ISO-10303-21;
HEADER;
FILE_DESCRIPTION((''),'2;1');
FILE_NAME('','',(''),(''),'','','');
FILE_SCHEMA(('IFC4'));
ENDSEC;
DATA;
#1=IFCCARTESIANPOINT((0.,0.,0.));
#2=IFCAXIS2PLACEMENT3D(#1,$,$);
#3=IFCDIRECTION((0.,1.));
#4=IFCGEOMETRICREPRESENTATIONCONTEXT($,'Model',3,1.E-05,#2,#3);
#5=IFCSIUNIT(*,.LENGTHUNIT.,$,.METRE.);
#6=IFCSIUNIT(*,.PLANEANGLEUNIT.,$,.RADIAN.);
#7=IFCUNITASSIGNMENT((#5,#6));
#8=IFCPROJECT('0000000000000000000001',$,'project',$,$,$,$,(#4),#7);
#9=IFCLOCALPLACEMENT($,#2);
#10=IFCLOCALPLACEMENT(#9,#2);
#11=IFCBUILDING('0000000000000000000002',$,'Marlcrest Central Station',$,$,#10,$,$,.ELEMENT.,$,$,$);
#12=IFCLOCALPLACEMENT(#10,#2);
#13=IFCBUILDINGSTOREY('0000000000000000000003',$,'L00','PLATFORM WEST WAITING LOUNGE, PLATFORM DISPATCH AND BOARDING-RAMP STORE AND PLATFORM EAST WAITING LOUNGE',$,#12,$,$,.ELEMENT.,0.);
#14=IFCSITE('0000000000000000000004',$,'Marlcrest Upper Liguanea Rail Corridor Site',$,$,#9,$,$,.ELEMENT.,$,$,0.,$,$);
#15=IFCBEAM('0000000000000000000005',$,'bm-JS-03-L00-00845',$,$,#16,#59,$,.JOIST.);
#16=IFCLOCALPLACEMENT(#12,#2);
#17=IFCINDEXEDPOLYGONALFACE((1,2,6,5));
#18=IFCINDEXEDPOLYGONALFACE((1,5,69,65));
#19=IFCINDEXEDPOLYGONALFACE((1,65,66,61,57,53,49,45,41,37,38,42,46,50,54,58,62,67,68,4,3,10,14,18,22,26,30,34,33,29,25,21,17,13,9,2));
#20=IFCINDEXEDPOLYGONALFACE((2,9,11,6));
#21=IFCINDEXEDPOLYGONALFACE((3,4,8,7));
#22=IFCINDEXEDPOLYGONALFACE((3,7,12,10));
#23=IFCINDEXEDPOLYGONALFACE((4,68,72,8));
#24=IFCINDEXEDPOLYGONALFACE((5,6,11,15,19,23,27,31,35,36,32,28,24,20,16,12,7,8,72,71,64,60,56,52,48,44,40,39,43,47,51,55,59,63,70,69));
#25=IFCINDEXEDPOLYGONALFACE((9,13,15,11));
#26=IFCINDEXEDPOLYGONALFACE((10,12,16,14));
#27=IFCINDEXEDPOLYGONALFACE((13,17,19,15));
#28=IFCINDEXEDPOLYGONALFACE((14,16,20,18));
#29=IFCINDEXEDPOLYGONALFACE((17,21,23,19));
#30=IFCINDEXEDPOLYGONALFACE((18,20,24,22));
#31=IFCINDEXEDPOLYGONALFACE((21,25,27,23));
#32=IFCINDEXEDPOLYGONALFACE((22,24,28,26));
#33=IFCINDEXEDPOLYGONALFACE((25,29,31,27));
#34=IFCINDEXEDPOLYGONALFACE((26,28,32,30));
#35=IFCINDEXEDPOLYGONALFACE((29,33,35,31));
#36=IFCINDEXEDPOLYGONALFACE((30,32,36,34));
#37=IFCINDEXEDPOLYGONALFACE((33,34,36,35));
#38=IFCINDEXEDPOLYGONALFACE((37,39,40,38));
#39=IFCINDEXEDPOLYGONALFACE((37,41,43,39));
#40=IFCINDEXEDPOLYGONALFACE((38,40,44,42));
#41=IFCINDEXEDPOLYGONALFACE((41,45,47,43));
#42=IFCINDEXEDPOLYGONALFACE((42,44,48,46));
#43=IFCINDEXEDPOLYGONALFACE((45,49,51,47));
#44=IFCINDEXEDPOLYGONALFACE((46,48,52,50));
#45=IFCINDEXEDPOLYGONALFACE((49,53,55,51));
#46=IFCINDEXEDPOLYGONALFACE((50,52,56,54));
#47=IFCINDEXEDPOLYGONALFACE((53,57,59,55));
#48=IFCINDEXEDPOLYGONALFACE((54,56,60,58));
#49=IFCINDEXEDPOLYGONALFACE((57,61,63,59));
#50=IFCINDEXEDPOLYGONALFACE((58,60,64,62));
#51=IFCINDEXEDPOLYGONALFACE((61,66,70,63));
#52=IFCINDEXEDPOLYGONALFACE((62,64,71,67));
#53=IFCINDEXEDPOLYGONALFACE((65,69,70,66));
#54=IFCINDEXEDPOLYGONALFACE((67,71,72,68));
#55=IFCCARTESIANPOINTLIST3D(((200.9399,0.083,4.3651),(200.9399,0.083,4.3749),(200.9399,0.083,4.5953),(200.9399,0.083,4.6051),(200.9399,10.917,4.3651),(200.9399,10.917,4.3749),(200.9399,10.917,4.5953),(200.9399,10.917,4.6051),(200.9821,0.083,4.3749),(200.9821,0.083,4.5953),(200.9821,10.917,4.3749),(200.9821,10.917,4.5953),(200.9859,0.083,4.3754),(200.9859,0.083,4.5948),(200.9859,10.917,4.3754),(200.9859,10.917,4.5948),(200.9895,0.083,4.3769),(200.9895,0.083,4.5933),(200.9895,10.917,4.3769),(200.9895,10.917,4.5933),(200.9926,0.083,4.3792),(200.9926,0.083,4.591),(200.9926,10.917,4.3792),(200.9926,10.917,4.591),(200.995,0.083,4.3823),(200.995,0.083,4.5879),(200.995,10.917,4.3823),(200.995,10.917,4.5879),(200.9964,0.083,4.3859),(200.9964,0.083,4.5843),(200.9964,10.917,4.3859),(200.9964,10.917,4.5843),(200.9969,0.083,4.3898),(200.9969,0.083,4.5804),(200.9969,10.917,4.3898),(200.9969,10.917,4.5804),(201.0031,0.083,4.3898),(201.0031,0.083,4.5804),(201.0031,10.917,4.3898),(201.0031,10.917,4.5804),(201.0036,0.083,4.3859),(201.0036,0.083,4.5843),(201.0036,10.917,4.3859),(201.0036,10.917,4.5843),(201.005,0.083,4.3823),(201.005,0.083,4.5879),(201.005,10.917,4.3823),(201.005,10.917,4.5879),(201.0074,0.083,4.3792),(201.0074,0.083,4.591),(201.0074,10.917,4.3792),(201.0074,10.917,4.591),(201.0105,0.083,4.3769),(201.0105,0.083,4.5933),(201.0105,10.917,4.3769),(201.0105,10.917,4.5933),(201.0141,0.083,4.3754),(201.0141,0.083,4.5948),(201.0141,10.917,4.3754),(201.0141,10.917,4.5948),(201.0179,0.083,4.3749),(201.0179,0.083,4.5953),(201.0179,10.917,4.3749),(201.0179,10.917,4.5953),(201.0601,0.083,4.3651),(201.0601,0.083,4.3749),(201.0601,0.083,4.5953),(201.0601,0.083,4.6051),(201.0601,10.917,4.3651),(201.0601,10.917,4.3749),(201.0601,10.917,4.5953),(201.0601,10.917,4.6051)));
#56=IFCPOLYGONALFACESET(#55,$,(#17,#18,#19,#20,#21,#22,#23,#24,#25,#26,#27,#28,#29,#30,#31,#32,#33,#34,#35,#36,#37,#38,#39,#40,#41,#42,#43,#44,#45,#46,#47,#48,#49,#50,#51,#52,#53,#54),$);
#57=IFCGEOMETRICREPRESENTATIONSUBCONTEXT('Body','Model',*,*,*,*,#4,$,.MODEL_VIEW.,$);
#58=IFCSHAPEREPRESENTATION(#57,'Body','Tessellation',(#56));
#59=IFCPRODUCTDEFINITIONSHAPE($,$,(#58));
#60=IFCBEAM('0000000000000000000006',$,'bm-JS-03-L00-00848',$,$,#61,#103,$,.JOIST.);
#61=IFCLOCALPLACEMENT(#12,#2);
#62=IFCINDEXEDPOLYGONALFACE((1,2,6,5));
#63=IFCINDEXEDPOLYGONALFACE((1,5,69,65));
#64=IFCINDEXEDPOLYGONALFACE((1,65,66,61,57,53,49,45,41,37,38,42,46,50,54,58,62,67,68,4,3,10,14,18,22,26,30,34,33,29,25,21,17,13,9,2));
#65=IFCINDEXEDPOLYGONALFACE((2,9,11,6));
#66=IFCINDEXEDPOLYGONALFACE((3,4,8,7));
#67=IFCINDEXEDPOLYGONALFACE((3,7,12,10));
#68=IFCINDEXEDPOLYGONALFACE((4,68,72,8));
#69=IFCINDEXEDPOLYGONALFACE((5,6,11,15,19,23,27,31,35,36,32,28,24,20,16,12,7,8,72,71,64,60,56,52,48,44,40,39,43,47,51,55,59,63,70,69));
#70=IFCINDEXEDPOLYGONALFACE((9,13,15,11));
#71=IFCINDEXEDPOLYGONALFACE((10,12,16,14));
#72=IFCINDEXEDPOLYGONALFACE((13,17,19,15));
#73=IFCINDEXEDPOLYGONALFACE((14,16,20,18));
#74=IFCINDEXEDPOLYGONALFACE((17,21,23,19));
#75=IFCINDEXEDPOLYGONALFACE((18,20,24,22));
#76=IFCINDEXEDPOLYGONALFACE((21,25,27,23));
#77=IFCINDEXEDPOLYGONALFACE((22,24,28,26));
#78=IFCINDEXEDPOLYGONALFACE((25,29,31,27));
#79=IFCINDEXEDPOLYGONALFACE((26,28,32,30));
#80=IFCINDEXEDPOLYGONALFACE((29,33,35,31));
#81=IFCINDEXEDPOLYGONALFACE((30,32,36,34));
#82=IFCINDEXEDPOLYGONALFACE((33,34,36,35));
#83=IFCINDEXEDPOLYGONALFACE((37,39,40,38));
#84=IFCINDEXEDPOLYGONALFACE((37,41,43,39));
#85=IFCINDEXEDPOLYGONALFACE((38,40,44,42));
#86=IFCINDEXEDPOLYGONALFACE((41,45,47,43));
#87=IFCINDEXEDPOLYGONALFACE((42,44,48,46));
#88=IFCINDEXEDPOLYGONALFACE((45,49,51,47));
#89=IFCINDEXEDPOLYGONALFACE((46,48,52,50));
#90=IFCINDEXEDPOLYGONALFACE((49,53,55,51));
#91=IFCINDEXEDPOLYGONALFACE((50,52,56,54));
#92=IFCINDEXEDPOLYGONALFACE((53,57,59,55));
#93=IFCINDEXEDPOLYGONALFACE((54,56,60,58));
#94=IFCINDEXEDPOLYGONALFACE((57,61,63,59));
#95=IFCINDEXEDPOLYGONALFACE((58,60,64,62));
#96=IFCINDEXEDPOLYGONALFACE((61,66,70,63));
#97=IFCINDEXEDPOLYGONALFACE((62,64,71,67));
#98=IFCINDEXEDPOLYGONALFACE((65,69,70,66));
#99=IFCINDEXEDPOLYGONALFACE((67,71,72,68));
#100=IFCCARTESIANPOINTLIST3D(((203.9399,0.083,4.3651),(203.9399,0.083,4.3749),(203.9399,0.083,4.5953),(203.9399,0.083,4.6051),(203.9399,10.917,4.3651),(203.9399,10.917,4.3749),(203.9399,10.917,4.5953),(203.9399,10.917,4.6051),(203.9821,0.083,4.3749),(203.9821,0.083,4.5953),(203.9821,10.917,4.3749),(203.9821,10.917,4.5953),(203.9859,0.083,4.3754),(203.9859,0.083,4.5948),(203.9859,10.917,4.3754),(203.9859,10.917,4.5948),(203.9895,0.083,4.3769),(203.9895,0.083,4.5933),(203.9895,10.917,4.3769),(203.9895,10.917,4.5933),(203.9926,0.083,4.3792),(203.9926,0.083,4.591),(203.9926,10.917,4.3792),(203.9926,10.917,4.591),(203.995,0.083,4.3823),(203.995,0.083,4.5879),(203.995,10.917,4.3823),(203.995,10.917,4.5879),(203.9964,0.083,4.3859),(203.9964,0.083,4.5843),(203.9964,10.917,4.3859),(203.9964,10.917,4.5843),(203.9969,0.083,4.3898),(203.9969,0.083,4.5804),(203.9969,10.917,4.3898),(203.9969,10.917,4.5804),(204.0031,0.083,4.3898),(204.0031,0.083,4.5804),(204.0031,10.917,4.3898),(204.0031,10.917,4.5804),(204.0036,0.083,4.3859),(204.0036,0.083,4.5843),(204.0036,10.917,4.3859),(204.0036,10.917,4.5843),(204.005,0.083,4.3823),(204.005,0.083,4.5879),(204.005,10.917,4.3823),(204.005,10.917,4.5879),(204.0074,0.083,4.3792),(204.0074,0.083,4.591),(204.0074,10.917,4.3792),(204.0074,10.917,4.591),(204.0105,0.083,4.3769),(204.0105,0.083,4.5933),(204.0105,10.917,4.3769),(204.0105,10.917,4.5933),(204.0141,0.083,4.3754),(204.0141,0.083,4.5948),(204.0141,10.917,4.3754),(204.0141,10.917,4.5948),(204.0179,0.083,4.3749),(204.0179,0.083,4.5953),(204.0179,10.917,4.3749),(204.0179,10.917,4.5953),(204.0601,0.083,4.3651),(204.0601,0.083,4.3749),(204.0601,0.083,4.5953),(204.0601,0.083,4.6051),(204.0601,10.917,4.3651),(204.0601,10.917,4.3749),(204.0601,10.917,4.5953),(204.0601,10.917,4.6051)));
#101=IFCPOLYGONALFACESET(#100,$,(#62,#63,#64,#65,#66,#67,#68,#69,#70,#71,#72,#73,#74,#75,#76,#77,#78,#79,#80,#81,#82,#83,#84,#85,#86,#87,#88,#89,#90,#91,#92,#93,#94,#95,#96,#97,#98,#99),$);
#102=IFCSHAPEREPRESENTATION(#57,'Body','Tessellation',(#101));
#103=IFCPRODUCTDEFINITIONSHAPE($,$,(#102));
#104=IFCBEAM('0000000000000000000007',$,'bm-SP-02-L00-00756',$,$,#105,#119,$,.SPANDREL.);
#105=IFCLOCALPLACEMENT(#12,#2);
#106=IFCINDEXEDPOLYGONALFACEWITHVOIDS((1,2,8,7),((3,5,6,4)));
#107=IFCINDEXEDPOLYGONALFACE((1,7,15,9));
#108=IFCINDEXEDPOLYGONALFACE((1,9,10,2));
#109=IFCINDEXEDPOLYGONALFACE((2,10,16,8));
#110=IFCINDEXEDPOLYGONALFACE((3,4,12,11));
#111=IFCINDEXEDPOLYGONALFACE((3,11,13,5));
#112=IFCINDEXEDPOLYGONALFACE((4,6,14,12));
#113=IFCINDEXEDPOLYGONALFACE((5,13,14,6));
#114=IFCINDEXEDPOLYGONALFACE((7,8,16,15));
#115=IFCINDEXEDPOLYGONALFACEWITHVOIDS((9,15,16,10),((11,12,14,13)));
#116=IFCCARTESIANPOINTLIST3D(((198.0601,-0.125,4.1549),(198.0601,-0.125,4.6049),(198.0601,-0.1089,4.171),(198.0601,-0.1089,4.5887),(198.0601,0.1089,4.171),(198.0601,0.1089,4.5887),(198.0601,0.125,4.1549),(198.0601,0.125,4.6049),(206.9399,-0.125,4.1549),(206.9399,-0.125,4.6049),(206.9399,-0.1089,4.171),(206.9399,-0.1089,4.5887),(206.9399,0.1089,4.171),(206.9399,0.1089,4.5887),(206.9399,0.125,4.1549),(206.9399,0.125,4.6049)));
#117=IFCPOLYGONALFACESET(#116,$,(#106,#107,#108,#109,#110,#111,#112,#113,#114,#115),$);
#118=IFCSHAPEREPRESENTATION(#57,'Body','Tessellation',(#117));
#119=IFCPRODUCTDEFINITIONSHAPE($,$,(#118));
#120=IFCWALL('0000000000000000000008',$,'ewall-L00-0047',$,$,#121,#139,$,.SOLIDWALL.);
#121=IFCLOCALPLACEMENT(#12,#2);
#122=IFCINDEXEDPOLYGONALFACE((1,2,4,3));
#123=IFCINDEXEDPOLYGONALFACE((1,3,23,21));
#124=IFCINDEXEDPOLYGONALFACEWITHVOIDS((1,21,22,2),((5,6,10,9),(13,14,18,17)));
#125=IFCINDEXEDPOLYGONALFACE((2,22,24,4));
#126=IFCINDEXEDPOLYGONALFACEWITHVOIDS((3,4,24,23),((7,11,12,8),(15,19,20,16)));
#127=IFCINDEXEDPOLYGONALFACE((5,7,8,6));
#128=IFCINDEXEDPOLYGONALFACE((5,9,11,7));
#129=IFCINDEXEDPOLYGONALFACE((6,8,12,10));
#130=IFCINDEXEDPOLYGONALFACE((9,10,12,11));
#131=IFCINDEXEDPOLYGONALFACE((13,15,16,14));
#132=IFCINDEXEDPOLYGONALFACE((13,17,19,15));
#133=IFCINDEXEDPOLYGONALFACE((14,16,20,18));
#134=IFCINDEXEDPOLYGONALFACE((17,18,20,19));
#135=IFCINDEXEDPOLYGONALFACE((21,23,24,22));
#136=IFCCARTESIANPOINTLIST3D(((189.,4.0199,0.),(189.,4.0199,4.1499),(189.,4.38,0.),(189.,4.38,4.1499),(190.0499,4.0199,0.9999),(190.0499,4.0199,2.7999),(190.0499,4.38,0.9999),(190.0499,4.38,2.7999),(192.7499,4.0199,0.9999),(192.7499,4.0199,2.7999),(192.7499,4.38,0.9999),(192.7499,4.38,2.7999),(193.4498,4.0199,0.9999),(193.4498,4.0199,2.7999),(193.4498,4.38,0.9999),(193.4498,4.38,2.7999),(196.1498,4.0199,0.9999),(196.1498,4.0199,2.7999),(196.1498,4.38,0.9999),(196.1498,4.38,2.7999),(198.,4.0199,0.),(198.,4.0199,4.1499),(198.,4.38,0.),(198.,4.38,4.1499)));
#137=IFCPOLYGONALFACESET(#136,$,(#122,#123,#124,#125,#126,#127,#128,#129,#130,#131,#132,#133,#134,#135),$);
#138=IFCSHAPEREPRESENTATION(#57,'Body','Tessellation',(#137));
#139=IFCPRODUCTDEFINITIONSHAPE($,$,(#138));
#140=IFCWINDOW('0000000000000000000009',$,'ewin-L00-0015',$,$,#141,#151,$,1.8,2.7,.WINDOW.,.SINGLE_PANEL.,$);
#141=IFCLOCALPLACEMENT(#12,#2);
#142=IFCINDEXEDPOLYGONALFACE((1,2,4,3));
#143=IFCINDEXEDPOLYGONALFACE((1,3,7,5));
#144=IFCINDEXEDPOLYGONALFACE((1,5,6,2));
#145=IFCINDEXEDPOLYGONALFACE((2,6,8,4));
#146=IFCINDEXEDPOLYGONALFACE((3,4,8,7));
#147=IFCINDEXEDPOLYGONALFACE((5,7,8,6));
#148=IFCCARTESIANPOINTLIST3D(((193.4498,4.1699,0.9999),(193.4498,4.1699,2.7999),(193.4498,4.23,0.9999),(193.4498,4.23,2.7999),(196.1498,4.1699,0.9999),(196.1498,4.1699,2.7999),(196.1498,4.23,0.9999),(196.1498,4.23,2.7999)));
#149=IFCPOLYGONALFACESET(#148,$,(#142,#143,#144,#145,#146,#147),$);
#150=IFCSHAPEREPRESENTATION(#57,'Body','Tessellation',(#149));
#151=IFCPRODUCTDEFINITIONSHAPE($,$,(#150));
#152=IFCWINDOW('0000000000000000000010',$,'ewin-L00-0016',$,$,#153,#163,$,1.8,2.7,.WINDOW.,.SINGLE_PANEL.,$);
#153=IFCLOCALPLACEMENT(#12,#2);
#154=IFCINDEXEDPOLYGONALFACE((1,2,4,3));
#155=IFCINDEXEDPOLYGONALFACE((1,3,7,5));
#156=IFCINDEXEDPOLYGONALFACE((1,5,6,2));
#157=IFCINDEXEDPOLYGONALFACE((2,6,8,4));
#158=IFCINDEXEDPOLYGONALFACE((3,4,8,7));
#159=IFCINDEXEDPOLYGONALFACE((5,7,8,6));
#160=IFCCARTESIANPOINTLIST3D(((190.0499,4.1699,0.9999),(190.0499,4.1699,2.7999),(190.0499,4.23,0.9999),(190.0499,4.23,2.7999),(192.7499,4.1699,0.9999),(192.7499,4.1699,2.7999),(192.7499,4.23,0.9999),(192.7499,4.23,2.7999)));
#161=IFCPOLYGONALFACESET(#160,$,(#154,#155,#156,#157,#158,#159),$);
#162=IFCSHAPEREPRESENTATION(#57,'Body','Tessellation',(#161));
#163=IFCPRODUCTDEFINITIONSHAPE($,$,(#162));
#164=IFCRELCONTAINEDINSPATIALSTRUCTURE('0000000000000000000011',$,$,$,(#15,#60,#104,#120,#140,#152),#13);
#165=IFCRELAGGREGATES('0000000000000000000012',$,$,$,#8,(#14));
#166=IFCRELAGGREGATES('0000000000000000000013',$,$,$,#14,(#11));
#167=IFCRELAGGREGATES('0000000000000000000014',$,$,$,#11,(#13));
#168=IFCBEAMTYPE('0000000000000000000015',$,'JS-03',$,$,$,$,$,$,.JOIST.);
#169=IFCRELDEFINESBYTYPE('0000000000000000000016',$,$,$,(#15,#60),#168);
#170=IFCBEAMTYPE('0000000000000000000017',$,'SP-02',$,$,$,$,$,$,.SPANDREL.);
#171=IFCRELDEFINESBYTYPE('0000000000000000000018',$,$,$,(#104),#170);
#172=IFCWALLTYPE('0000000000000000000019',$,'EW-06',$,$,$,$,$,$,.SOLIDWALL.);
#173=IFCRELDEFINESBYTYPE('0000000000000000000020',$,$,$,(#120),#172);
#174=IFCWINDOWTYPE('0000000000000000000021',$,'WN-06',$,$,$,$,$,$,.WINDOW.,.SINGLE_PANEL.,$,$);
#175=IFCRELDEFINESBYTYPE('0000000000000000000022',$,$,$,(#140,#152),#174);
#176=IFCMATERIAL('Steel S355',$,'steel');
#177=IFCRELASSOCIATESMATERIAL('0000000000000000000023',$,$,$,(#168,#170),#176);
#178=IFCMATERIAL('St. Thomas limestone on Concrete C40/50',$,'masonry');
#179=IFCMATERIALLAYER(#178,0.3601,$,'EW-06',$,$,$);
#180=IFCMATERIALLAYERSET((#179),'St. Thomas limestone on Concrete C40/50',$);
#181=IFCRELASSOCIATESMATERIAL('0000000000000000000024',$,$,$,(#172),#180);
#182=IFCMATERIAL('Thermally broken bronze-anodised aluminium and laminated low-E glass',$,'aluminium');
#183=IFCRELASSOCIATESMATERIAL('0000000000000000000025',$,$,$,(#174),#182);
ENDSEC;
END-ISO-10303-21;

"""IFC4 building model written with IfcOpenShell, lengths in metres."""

from ifc_helpers import new_model, si_unit, direction, frame, frame_2d, origin, origin_2d, place, context, subcontext, project, spatial, rectangle, hollow_rectangle, i_section, extrude, material, layer, layer_set, material_profile, profile_set, type_object, element, fill, save


model = new_model("IFC4")

# Units and contexts
model_context = context("Model", 3, precision=1e-05, world=origin(), true_north=direction((0.0, 1.0)))
body_context = subcontext(model_context, "Body", "Model", "MODEL_VIEW")
ifc_project = project(units=[si_unit("LENGTHUNIT", "METRE"), si_unit("PLANEANGLEUNIT", "RADIAN")], contexts=[model_context])

# Site, building, storey
site_placement = place(None, origin())
site = spatial("IfcSite", under=ifc_project, at=site_placement, Name="Marlcrest Upper Liguanea Rail Corridor Site", CompositionType="ELEMENT", RefElevation=0.0)
building_placement = place(site_placement, origin())
building = spatial("IfcBuilding", under=site, at=building_placement, Name="Marlcrest Central Station", CompositionType="ELEMENT")
storey_placement = place(building_placement, origin())
storey = spatial("IfcBuildingStorey", under=building, at=storey_placement, Name="L00", Description="PLATFORM WEST WAITING LOUNGE, PLATFORM DISPATCH AND BOARDING-RAMP STORE AND PLATFORM EAST WAITING LOUNGE", CompositionType="ELEMENT", Elevation=0.0)

# Beams
ifc_material_1 = material(Name="Steel S355", Category="steel")
ifc_material_profile_1 = material_profile(ifc_material_1, i_section(OverallWidth=0.1201, OverallDepth=0.24, WebThickness=0.0061, FlangeThickness=0.0098, FilletRadius=0.0149, at=origin_2d()), Name="IPE 240")
ifc_profile_set_1 = profile_set([ifc_material_profile_1], Name="Steel S355")
beam_type_1 = type_object("IfcBeamType", Name="JS-03", PredefinedType="JOIST", material=ifc_profile_set_1)
for number, where, z_axis, x_axis, name in (
    (1, (201.0, 0.083, 4.4851), (0.0, 1.0, 0.0), (-1.0, 0.0, 0.0), "bm-JS-03-L00-00845"),
    (2, (204.0, 0.083, 4.4851), (0.0, 1.0, 0.0), (-1.0, 0.0, 0.0), "bm-JS-03-L00-00848"),
):
    element("IfcBeam", number, at=place(storey_placement, frame(where, z_axis=z_axis, x_axis=x_axis)), inside=storey, type_object=beam_type_1, Name=name, PredefinedType="JOIST", context=body_context, shape_type="SweptSolid", body=[
        extrude(i_section(OverallWidth=0.1201, OverallDepth=0.24, WebThickness=0.0061, FlangeThickness=0.0098, FilletRadius=0.0149, at=origin_2d()), origin(), (0.0, 0.0, 1.0), 10.834),
    ])
ifc_material_profile_2 = material_profile(ifc_material_1, hollow_rectangle(XDim=0.25, YDim=0.45, WallThickness=0.0161, at=origin_2d()), Name="RHS 450x250x16")
ifc_profile_set_2 = profile_set([ifc_material_profile_2], Name="Steel S355")
beam_type_2 = type_object("IfcBeamType", Name="SP-02", PredefinedType="SPANDREL", material=ifc_profile_set_2)
beam_1_placement = place(storey_placement, frame((198.0601, 0.0, 4.3799), z_axis=(1.0, 0.0, 0.0), x_axis=(0.0, 1.0, 0.0)))
element("IfcBeam", 3, at=beam_1_placement, inside=storey, type_object=beam_type_2, Name="bm-SP-02-L00-00756", PredefinedType="SPANDREL", context=body_context, shape_type="SweptSolid", body=[
    extrude(hollow_rectangle(XDim=0.25, YDim=0.45, WallThickness=0.0161, at=origin_2d()), origin(), (0.0, 0.0, 1.0), 8.8799),
])

# Wall, openings, windows
ifc_material_2 = material(Name="St. Thomas limestone on Concrete C40/50", Category="masonry")
ifc_layer_1 = layer(ifc_material_2, 0.3601, Name="EW-06")
ifc_layer_set_1 = layer_set([ifc_layer_1], Name="St. Thomas limestone on Concrete C40/50")
wall_type_1 = type_object("IfcWallType", Name="EW-06", PredefinedType="SOLIDWALL", material=ifc_layer_set_1)
wall_1_placement = place(storey_placement, frame((198.0, 4.2, 0.0), z_axis=(0.0, 0.0, 1.0), x_axis=(-1.0, 0.0, 0.0)))
wall_1 = element("IfcWall", 4, at=wall_1_placement, inside=storey, type_object=wall_type_1, Name="ewall-L00-0047", PredefinedType="SOLIDWALL", context=body_context, shape_type="SweptSolid", body=[
    extrude(rectangle(XDim=9.0, YDim=0.3601, at=frame_2d((4.5, 0.0))), origin(), (0.0, 0.0, 1.0), 4.1499),
])
opening_1_placement = place(wall_1_placement, frame((1.8501, 0.0, 1.0)))
opening_1 = element("IfcOpeningElement", 5, at=opening_1_placement, cuts=wall_1, PredefinedType="OPENING", context=body_context, shape_type="SweptSolid", body=[
    extrude(rectangle(XDim=2.7, YDim=1.8, at=frame_2d((1.3501, 0.8999))), frame((0.0, 0.1899, 0.0), z_axis=(0.0, -1.0, 0.0), x_axis=(1.0, 0.0, 0.0)), (0.0, 0.0, 1.0), 0.3801),
])
opening_2_placement = place(wall_1_placement, frame((5.25, 0.0, 1.0)))
opening_2 = element("IfcOpeningElement", 6, at=opening_2_placement, cuts=wall_1, PredefinedType="OPENING", context=body_context, shape_type="SweptSolid", body=[
    extrude(rectangle(XDim=2.7, YDim=1.8, at=frame_2d((1.3501, 0.8999))), frame((0.0, 0.1899, 0.0), z_axis=(0.0, -1.0, 0.0), x_axis=(1.0, 0.0, 0.0)), (0.0, 0.0, 1.0), 0.3801),
])
ifc_material_3 = material(Name="Thermally broken bronze-anodised aluminium and laminated low-E glass", Category="aluminium")
window_type = type_object("IfcWindowType", Name="WN-06", PartitioningType="SINGLE_PANEL", PredefinedType="WINDOW", material=ifc_material_3)
window_1_placement = place(opening_1_placement, origin())
window_1 = element("IfcWindow", 7, at=window_1_placement, inside=storey, type_object=window_type, Name="ewin-L00-0015", OverallHeight=1.8, OverallWidth=2.7, PartitioningType="SINGLE_PANEL", PredefinedType="WINDOW", context=body_context, shape_type="SweptSolid", body=[
    extrude(rectangle(XDim=2.7, YDim=1.8, at=frame_2d((1.3501, 0.8999))), frame((0.0, 0.03, 0.0), z_axis=(0.0, -1.0, 0.0), x_axis=(1.0, 0.0, 0.0)), (0.0, 0.0, 1.0), 0.0601),
])
fill(opening_1, window_1)
window_2_placement = place(opening_2_placement, origin())
window_2 = element("IfcWindow", 8, at=window_2_placement, inside=storey, type_object=window_type, Name="ewin-L00-0016", OverallHeight=1.8, OverallWidth=2.7, PartitioningType="SINGLE_PANEL", PredefinedType="WINDOW", context=body_context, shape_type="SweptSolid", body=[
    extrude(rectangle(XDim=2.7, YDim=1.8, at=frame_2d((1.3501, 0.8999))), frame((0.0, 0.03, 0.0), z_axis=(0.0, -1.0, 0.0), x_axis=(1.0, 0.0, 0.0)), (0.0, 0.0, 1.0), 0.0601),
])
fill(opening_2, window_2)

save(model, "model.ifc")
